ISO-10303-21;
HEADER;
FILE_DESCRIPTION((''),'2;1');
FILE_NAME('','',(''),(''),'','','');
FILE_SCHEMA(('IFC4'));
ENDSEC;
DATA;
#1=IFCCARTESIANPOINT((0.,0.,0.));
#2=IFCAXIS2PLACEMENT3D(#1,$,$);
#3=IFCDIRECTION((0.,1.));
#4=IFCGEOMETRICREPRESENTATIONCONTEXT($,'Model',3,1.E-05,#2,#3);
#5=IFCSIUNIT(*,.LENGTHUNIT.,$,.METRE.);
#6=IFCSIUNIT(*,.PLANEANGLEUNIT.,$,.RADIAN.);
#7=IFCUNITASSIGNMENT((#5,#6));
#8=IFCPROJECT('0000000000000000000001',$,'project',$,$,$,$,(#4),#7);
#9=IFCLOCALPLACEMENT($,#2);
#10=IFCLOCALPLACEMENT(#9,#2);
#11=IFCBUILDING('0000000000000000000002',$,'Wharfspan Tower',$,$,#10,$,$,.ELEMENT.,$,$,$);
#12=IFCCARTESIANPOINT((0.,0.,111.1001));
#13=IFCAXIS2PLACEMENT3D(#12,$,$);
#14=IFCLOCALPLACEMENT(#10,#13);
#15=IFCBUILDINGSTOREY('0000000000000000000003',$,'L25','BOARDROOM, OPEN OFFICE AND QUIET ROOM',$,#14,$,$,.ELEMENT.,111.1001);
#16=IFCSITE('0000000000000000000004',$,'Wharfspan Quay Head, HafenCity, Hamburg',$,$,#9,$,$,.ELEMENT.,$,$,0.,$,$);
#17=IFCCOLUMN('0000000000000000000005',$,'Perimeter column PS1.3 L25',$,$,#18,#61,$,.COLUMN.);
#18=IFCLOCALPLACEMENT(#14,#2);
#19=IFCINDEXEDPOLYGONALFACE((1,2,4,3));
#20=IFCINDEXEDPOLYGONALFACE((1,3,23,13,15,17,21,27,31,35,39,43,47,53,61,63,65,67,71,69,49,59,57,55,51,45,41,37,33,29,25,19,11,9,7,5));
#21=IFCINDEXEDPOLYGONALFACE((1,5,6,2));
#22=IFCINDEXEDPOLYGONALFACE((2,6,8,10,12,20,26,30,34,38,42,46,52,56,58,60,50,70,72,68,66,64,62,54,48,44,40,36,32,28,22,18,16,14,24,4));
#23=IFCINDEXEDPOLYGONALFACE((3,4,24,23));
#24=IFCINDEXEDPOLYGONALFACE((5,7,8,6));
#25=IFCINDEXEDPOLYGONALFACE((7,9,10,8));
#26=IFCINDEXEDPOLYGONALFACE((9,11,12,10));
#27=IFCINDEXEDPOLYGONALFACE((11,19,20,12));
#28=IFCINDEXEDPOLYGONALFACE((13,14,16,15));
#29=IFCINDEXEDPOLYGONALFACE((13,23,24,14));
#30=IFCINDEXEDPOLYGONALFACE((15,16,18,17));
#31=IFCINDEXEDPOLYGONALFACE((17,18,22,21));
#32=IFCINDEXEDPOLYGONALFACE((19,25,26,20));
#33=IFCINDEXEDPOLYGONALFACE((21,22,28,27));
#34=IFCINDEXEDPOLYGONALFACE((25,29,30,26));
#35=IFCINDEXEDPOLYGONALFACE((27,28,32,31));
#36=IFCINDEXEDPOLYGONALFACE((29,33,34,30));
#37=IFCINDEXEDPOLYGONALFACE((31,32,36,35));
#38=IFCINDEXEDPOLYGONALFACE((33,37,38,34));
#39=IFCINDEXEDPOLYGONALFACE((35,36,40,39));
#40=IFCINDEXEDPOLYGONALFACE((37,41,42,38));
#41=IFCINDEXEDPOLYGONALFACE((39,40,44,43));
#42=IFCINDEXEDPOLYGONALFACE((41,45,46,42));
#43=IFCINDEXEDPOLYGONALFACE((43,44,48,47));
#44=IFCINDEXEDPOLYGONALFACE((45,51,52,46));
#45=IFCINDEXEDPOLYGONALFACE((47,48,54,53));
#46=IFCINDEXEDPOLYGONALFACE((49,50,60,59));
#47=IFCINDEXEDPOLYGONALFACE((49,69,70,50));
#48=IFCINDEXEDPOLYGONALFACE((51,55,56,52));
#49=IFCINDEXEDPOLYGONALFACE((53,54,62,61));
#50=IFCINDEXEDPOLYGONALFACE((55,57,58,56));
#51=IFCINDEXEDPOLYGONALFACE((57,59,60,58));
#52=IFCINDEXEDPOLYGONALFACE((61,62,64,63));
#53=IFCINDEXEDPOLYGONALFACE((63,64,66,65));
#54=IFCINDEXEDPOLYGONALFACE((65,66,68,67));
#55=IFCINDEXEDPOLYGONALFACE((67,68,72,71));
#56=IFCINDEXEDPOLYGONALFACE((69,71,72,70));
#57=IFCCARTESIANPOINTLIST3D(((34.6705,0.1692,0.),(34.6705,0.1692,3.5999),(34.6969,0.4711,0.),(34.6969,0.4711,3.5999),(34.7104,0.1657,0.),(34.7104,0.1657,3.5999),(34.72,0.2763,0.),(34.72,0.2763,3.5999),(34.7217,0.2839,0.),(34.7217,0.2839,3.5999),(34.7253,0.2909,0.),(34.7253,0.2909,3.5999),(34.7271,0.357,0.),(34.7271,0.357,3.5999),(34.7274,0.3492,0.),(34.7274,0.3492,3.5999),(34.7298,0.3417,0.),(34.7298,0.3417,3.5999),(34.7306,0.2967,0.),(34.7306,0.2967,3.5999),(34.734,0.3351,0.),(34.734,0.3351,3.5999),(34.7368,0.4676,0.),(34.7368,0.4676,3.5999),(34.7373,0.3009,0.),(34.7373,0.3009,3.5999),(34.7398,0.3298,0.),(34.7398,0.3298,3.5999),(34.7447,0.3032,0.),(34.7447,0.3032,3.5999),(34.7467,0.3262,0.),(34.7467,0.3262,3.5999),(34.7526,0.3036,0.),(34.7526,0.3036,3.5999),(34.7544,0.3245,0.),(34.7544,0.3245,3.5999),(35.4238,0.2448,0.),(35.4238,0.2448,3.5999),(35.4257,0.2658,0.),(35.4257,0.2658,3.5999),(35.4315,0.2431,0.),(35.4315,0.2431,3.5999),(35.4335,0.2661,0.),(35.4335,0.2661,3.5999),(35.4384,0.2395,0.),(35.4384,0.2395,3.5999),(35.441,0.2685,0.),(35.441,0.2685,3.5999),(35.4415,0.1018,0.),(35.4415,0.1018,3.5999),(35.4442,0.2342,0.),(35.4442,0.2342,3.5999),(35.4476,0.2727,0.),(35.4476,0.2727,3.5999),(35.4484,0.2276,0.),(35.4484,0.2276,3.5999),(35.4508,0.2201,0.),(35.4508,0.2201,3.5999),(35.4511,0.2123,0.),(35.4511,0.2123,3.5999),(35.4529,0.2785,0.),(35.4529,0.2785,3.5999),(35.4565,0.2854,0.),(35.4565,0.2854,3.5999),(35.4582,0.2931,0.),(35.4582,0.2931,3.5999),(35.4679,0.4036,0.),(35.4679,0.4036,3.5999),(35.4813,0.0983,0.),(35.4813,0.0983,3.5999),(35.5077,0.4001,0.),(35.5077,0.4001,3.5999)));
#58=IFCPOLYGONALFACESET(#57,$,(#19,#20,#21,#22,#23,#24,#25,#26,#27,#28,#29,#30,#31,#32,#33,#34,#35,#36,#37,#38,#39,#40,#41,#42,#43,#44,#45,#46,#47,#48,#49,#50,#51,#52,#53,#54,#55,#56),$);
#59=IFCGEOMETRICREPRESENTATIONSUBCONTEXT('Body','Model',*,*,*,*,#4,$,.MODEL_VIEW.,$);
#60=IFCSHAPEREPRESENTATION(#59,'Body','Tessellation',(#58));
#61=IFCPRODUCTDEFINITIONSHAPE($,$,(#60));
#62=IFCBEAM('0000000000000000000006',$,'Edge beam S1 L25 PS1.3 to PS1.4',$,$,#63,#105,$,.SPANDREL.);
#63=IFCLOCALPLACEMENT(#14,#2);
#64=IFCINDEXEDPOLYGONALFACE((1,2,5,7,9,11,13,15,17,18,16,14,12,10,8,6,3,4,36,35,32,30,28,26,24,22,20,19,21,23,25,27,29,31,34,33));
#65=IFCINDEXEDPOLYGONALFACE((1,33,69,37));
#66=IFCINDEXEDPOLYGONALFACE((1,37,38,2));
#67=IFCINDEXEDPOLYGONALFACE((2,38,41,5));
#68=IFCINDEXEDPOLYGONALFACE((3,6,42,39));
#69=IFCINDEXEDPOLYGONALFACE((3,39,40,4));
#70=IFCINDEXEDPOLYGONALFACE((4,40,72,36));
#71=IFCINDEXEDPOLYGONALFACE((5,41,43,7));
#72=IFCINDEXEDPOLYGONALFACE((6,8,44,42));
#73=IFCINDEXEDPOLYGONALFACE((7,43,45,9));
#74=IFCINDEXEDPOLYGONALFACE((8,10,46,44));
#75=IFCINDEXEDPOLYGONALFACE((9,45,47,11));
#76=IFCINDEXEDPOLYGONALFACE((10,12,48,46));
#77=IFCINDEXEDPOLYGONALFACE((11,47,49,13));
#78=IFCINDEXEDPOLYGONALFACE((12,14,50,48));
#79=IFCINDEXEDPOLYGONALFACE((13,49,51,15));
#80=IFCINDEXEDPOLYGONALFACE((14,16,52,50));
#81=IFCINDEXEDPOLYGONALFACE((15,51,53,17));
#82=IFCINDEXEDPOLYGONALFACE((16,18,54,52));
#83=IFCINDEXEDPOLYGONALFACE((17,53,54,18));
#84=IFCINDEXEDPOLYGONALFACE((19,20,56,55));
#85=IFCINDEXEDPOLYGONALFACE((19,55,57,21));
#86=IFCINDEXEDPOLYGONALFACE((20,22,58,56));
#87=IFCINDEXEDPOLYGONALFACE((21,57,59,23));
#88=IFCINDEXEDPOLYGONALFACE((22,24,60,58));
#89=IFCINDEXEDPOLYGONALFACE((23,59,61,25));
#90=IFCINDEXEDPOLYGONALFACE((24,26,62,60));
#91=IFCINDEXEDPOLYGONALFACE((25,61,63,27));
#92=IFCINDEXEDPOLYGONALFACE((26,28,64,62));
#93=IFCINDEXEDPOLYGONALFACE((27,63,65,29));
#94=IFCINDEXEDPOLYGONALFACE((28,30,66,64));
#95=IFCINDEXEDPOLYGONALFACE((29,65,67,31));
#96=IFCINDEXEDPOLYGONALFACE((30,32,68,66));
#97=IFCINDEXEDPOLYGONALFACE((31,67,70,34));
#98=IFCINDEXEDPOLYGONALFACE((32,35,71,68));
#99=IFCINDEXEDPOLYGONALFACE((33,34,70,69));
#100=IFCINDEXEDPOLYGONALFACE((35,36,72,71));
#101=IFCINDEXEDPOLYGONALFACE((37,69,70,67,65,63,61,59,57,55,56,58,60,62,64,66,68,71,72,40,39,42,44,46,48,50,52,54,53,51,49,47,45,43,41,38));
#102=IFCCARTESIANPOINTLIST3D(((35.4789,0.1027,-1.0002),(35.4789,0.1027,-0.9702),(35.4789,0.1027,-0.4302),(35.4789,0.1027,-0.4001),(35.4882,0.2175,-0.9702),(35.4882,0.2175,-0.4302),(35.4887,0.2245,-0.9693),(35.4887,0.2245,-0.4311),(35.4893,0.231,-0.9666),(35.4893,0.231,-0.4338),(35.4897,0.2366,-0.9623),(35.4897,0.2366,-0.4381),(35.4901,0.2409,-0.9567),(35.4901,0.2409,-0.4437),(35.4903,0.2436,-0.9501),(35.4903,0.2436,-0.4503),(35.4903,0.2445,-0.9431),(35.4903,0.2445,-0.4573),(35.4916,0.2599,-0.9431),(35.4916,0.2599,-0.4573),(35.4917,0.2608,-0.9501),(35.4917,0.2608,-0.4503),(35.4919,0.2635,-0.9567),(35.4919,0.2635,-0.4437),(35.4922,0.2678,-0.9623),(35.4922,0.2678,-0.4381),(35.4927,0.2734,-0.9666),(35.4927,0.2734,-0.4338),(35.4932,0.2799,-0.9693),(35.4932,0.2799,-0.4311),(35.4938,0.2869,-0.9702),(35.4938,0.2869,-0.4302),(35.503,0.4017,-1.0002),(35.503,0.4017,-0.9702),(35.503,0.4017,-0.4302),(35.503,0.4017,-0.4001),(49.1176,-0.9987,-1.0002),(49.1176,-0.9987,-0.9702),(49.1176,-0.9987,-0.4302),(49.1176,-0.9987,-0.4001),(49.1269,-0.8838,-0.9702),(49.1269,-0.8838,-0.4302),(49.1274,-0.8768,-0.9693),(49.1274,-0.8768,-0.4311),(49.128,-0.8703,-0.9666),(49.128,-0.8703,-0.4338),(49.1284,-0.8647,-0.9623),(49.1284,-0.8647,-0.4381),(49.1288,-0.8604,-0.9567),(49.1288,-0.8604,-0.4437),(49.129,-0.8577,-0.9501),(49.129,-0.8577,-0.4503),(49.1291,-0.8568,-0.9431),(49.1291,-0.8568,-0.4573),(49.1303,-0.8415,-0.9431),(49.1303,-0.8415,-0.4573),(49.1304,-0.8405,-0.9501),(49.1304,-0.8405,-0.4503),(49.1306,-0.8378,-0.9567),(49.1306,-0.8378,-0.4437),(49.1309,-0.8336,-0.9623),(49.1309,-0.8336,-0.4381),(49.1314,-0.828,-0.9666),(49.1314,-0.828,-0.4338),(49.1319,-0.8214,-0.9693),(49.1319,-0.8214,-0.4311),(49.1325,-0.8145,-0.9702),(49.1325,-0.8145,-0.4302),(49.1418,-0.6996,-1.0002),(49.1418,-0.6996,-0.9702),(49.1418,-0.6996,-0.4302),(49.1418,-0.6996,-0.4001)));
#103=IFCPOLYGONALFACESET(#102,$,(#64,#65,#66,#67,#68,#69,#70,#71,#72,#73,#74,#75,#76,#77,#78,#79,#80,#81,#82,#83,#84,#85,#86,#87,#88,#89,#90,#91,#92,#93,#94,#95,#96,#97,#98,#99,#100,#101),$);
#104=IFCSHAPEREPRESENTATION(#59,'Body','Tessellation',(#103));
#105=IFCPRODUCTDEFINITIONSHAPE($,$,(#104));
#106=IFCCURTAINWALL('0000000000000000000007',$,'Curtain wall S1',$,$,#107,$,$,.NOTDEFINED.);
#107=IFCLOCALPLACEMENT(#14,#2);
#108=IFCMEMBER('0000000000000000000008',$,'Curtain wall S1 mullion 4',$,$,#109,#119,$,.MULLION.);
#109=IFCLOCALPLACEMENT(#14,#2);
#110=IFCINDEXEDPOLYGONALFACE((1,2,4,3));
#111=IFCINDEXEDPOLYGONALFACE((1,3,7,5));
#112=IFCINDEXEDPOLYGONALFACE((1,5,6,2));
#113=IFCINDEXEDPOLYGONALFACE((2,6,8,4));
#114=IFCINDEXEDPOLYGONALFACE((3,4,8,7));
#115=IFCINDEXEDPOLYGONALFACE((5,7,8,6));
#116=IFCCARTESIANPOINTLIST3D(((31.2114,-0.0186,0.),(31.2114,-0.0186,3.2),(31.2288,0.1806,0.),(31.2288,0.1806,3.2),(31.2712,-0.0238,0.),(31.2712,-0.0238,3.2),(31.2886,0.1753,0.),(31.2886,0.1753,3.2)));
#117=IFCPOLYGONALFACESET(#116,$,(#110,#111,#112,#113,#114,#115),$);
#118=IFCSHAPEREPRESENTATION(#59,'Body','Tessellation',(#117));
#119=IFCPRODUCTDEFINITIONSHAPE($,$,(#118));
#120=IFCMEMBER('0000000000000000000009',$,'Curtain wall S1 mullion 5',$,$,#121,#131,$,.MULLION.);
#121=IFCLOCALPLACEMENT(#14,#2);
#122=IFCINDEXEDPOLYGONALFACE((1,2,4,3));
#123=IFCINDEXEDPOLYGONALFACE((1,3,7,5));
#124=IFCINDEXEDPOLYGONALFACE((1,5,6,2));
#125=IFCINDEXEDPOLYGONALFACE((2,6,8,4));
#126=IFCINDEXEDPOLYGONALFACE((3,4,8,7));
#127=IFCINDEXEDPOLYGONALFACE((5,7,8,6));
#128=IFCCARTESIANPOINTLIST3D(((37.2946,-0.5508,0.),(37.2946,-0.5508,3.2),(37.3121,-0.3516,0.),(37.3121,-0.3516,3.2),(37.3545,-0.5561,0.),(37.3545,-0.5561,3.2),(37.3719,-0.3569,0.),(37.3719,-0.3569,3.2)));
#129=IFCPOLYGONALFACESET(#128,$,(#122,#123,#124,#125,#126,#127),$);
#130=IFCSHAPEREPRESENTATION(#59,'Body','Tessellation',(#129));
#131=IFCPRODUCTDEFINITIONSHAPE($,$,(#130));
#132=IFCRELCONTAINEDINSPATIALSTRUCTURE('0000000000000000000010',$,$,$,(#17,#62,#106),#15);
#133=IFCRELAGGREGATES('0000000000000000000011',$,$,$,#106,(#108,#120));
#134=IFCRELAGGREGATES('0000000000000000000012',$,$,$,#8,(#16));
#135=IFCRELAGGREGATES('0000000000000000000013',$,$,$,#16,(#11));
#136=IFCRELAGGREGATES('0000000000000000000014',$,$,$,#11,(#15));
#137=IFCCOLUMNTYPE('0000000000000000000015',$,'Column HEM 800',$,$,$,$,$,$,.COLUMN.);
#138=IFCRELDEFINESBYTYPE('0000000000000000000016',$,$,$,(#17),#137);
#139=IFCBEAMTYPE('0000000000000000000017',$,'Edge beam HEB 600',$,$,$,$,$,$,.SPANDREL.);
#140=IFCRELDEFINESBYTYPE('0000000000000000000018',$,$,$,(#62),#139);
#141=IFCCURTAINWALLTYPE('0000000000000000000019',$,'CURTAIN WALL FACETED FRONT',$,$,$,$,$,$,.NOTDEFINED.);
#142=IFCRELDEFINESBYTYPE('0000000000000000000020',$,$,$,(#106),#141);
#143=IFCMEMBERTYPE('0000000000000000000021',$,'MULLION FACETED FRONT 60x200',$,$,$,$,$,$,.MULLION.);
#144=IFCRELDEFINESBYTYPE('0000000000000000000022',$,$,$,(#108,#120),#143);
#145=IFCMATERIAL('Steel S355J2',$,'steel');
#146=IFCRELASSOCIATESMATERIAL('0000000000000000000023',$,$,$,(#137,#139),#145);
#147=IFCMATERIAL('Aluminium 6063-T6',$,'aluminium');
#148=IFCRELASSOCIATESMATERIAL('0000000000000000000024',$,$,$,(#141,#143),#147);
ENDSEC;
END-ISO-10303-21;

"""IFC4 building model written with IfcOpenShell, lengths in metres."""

from ifc_helpers import new_model, si_unit, direction, frame, origin, origin_2d, place, context, subcontext, project, spatial, rectangle, i_section, extrude, material, material_profile, profile_set, type_object, element, aggregate, save


model = new_model("IFC4")

# Units and contexts
model_context = context("Model", 3, precision=1e-05, world=origin(), true_north=direction((0.0, 1.0)))
body_context = subcontext(model_context, "Body", "Model", "MODEL_VIEW")
ifc_project = project(units=[si_unit("LENGTHUNIT", "METRE"), si_unit("PLANEANGLEUNIT", "RADIAN")], contexts=[model_context])

# Site, building, storey
site_placement = place(None, origin())
site = spatial("IfcSite", under=ifc_project, at=site_placement, Name="Wharfspan Quay Head, HafenCity, Hamburg", CompositionType="ELEMENT", RefElevation=0.0)
building_placement = place(site_placement, origin())
building = spatial("IfcBuilding", under=site, at=building_placement, Name="Wharfspan Tower", CompositionType="ELEMENT")
storey_placement = place(building_placement, frame((0.0, 0.0, 111.1001)))
storey = spatial("IfcBuildingStorey", under=building, at=storey_placement, Name="L25", Description="BOARDROOM, OPEN OFFICE AND QUIET ROOM", CompositionType="ELEMENT", Elevation=111.1001)

# Column
ifc_material_1 = material(Name="Steel S355J2", Category="steel")
ifc_material_profile_1 = material_profile(ifc_material_1, i_section(OverallWidth=0.303, OverallDepth=0.814, WebThickness=0.021, FlangeThickness=0.04, FilletRadius=0.03, at=origin_2d()))
ifc_profile_set_1 = profile_set([ifc_material_profile_1], Name="Steel S355J2")
column_type = type_object("IfcColumnType", Name="Column HEM 800", PredefinedType="COLUMN", material=ifc_profile_set_1)
column_placement = place(storey_placement, frame((35.0891, 0.2847, 0.0), z_axis=(0.0, 0.0, 1.0), x_axis=(-0.087156, -0.996198, 0.0)))
element("IfcColumn", 1, at=column_placement, inside=storey, type_object=column_type, Name="Perimeter column PS1.3 L25", PredefinedType="COLUMN", context=body_context, shape_type="SweptSolid", body=[
    extrude(i_section(OverallWidth=0.303, OverallDepth=0.814, WebThickness=0.021, FlangeThickness=0.04, FilletRadius=0.03, at=origin_2d()), origin(), (0.0, 0.0, 1.0), 3.5999),
])

# Beam
ifc_material_profile_2 = material_profile(ifc_material_1, i_section(OverallWidth=0.3, OverallDepth=0.6001, WebThickness=0.0154, FlangeThickness=0.03, FilletRadius=0.0271, at=origin_2d()))
ifc_profile_set_2 = profile_set([ifc_material_profile_2], Name="Steel S355J2")
beam_type = type_object("IfcBeamType", Name="Edge beam HEB 600", PredefinedType="SPANDREL", material=ifc_profile_set_2)
beam_placement = place(storey_placement, frame((35.491, 0.2522, -0.7002), z_axis=(0.996756, -0.080488, 0.0), x_axis=(0.080488, 0.996756, 0.0)))
element("IfcBeam", 2, at=beam_placement, inside=storey, type_object=beam_type, Name="Edge beam S1 L25 PS1.3 to PS1.4", PredefinedType="SPANDREL", context=body_context, shape_type="SweptSolid", body=[
    extrude(i_section(OverallWidth=0.3, OverallDepth=0.6001, WebThickness=0.0154, FlangeThickness=0.03, FilletRadius=0.0271, at=origin_2d()), origin(), (0.0, 0.0, 1.0), 13.6831),
])

# Curtain wall, members
ifc_material_2 = material(Name="Aluminium 6063-T6", Category="aluminium")
curtain_wall_type = type_object("IfcCurtainWallType", Name="CURTAIN WALL FACETED FRONT", PredefinedType="NOTDEFINED", material=ifc_material_2)
curtain_wall_placement = place(storey_placement, origin())
curtain_wall = element("IfcCurtainWall", 3, at=curtain_wall_placement, inside=storey, type_object=curtain_wall_type, Name="Curtain wall S1", PredefinedType="NOTDEFINED")
ifc_material_profile_3 = material_profile(ifc_material_2, rectangle(XDim=0.2, YDim=0.0601, at=origin_2d()))
ifc_profile_set_3 = profile_set([ifc_material_profile_3], Name="Aluminium 6063-T6")
member_type_1 = type_object("IfcMemberType", Name="MULLION FACETED FRONT 60x200", PredefinedType="MULLION", material=ifc_profile_set_3)
member_1_placement = place(storey_placement, frame((31.25, 0.0784, 0.0), z_axis=(0.0, 0.0, 1.0), x_axis=(0.087156, 0.996198, 0.0)))
member_1 = element("IfcMember", 4, at=member_1_placement, type_object=member_type_1, Name="Curtain wall S1 mullion 4", PredefinedType="MULLION", context=body_context, shape_type="SweptSolid", body=[
    extrude(rectangle(XDim=0.2, YDim=0.0601, at=origin_2d()), origin(), (0.0, 0.0, 1.0), 3.2),
])
member_2_placement = place(storey_placement, frame((37.3333, -0.4539, 0.0), z_axis=(0.0, 0.0, 1.0), x_axis=(0.087156, 0.996198, 0.0)))
member_2 = element("IfcMember", 5, at=member_2_placement, type_object=member_type_1, Name="Curtain wall S1 mullion 5", PredefinedType="MULLION", context=body_context, shape_type="SweptSolid", body=[
    extrude(rectangle(XDim=0.2, YDim=0.0601, at=origin_2d()), origin(), (0.0, 0.0, 1.0), 3.2),
])

aggregate(curtain_wall, [member_1, member_2])

save(model, "model.ifc")
